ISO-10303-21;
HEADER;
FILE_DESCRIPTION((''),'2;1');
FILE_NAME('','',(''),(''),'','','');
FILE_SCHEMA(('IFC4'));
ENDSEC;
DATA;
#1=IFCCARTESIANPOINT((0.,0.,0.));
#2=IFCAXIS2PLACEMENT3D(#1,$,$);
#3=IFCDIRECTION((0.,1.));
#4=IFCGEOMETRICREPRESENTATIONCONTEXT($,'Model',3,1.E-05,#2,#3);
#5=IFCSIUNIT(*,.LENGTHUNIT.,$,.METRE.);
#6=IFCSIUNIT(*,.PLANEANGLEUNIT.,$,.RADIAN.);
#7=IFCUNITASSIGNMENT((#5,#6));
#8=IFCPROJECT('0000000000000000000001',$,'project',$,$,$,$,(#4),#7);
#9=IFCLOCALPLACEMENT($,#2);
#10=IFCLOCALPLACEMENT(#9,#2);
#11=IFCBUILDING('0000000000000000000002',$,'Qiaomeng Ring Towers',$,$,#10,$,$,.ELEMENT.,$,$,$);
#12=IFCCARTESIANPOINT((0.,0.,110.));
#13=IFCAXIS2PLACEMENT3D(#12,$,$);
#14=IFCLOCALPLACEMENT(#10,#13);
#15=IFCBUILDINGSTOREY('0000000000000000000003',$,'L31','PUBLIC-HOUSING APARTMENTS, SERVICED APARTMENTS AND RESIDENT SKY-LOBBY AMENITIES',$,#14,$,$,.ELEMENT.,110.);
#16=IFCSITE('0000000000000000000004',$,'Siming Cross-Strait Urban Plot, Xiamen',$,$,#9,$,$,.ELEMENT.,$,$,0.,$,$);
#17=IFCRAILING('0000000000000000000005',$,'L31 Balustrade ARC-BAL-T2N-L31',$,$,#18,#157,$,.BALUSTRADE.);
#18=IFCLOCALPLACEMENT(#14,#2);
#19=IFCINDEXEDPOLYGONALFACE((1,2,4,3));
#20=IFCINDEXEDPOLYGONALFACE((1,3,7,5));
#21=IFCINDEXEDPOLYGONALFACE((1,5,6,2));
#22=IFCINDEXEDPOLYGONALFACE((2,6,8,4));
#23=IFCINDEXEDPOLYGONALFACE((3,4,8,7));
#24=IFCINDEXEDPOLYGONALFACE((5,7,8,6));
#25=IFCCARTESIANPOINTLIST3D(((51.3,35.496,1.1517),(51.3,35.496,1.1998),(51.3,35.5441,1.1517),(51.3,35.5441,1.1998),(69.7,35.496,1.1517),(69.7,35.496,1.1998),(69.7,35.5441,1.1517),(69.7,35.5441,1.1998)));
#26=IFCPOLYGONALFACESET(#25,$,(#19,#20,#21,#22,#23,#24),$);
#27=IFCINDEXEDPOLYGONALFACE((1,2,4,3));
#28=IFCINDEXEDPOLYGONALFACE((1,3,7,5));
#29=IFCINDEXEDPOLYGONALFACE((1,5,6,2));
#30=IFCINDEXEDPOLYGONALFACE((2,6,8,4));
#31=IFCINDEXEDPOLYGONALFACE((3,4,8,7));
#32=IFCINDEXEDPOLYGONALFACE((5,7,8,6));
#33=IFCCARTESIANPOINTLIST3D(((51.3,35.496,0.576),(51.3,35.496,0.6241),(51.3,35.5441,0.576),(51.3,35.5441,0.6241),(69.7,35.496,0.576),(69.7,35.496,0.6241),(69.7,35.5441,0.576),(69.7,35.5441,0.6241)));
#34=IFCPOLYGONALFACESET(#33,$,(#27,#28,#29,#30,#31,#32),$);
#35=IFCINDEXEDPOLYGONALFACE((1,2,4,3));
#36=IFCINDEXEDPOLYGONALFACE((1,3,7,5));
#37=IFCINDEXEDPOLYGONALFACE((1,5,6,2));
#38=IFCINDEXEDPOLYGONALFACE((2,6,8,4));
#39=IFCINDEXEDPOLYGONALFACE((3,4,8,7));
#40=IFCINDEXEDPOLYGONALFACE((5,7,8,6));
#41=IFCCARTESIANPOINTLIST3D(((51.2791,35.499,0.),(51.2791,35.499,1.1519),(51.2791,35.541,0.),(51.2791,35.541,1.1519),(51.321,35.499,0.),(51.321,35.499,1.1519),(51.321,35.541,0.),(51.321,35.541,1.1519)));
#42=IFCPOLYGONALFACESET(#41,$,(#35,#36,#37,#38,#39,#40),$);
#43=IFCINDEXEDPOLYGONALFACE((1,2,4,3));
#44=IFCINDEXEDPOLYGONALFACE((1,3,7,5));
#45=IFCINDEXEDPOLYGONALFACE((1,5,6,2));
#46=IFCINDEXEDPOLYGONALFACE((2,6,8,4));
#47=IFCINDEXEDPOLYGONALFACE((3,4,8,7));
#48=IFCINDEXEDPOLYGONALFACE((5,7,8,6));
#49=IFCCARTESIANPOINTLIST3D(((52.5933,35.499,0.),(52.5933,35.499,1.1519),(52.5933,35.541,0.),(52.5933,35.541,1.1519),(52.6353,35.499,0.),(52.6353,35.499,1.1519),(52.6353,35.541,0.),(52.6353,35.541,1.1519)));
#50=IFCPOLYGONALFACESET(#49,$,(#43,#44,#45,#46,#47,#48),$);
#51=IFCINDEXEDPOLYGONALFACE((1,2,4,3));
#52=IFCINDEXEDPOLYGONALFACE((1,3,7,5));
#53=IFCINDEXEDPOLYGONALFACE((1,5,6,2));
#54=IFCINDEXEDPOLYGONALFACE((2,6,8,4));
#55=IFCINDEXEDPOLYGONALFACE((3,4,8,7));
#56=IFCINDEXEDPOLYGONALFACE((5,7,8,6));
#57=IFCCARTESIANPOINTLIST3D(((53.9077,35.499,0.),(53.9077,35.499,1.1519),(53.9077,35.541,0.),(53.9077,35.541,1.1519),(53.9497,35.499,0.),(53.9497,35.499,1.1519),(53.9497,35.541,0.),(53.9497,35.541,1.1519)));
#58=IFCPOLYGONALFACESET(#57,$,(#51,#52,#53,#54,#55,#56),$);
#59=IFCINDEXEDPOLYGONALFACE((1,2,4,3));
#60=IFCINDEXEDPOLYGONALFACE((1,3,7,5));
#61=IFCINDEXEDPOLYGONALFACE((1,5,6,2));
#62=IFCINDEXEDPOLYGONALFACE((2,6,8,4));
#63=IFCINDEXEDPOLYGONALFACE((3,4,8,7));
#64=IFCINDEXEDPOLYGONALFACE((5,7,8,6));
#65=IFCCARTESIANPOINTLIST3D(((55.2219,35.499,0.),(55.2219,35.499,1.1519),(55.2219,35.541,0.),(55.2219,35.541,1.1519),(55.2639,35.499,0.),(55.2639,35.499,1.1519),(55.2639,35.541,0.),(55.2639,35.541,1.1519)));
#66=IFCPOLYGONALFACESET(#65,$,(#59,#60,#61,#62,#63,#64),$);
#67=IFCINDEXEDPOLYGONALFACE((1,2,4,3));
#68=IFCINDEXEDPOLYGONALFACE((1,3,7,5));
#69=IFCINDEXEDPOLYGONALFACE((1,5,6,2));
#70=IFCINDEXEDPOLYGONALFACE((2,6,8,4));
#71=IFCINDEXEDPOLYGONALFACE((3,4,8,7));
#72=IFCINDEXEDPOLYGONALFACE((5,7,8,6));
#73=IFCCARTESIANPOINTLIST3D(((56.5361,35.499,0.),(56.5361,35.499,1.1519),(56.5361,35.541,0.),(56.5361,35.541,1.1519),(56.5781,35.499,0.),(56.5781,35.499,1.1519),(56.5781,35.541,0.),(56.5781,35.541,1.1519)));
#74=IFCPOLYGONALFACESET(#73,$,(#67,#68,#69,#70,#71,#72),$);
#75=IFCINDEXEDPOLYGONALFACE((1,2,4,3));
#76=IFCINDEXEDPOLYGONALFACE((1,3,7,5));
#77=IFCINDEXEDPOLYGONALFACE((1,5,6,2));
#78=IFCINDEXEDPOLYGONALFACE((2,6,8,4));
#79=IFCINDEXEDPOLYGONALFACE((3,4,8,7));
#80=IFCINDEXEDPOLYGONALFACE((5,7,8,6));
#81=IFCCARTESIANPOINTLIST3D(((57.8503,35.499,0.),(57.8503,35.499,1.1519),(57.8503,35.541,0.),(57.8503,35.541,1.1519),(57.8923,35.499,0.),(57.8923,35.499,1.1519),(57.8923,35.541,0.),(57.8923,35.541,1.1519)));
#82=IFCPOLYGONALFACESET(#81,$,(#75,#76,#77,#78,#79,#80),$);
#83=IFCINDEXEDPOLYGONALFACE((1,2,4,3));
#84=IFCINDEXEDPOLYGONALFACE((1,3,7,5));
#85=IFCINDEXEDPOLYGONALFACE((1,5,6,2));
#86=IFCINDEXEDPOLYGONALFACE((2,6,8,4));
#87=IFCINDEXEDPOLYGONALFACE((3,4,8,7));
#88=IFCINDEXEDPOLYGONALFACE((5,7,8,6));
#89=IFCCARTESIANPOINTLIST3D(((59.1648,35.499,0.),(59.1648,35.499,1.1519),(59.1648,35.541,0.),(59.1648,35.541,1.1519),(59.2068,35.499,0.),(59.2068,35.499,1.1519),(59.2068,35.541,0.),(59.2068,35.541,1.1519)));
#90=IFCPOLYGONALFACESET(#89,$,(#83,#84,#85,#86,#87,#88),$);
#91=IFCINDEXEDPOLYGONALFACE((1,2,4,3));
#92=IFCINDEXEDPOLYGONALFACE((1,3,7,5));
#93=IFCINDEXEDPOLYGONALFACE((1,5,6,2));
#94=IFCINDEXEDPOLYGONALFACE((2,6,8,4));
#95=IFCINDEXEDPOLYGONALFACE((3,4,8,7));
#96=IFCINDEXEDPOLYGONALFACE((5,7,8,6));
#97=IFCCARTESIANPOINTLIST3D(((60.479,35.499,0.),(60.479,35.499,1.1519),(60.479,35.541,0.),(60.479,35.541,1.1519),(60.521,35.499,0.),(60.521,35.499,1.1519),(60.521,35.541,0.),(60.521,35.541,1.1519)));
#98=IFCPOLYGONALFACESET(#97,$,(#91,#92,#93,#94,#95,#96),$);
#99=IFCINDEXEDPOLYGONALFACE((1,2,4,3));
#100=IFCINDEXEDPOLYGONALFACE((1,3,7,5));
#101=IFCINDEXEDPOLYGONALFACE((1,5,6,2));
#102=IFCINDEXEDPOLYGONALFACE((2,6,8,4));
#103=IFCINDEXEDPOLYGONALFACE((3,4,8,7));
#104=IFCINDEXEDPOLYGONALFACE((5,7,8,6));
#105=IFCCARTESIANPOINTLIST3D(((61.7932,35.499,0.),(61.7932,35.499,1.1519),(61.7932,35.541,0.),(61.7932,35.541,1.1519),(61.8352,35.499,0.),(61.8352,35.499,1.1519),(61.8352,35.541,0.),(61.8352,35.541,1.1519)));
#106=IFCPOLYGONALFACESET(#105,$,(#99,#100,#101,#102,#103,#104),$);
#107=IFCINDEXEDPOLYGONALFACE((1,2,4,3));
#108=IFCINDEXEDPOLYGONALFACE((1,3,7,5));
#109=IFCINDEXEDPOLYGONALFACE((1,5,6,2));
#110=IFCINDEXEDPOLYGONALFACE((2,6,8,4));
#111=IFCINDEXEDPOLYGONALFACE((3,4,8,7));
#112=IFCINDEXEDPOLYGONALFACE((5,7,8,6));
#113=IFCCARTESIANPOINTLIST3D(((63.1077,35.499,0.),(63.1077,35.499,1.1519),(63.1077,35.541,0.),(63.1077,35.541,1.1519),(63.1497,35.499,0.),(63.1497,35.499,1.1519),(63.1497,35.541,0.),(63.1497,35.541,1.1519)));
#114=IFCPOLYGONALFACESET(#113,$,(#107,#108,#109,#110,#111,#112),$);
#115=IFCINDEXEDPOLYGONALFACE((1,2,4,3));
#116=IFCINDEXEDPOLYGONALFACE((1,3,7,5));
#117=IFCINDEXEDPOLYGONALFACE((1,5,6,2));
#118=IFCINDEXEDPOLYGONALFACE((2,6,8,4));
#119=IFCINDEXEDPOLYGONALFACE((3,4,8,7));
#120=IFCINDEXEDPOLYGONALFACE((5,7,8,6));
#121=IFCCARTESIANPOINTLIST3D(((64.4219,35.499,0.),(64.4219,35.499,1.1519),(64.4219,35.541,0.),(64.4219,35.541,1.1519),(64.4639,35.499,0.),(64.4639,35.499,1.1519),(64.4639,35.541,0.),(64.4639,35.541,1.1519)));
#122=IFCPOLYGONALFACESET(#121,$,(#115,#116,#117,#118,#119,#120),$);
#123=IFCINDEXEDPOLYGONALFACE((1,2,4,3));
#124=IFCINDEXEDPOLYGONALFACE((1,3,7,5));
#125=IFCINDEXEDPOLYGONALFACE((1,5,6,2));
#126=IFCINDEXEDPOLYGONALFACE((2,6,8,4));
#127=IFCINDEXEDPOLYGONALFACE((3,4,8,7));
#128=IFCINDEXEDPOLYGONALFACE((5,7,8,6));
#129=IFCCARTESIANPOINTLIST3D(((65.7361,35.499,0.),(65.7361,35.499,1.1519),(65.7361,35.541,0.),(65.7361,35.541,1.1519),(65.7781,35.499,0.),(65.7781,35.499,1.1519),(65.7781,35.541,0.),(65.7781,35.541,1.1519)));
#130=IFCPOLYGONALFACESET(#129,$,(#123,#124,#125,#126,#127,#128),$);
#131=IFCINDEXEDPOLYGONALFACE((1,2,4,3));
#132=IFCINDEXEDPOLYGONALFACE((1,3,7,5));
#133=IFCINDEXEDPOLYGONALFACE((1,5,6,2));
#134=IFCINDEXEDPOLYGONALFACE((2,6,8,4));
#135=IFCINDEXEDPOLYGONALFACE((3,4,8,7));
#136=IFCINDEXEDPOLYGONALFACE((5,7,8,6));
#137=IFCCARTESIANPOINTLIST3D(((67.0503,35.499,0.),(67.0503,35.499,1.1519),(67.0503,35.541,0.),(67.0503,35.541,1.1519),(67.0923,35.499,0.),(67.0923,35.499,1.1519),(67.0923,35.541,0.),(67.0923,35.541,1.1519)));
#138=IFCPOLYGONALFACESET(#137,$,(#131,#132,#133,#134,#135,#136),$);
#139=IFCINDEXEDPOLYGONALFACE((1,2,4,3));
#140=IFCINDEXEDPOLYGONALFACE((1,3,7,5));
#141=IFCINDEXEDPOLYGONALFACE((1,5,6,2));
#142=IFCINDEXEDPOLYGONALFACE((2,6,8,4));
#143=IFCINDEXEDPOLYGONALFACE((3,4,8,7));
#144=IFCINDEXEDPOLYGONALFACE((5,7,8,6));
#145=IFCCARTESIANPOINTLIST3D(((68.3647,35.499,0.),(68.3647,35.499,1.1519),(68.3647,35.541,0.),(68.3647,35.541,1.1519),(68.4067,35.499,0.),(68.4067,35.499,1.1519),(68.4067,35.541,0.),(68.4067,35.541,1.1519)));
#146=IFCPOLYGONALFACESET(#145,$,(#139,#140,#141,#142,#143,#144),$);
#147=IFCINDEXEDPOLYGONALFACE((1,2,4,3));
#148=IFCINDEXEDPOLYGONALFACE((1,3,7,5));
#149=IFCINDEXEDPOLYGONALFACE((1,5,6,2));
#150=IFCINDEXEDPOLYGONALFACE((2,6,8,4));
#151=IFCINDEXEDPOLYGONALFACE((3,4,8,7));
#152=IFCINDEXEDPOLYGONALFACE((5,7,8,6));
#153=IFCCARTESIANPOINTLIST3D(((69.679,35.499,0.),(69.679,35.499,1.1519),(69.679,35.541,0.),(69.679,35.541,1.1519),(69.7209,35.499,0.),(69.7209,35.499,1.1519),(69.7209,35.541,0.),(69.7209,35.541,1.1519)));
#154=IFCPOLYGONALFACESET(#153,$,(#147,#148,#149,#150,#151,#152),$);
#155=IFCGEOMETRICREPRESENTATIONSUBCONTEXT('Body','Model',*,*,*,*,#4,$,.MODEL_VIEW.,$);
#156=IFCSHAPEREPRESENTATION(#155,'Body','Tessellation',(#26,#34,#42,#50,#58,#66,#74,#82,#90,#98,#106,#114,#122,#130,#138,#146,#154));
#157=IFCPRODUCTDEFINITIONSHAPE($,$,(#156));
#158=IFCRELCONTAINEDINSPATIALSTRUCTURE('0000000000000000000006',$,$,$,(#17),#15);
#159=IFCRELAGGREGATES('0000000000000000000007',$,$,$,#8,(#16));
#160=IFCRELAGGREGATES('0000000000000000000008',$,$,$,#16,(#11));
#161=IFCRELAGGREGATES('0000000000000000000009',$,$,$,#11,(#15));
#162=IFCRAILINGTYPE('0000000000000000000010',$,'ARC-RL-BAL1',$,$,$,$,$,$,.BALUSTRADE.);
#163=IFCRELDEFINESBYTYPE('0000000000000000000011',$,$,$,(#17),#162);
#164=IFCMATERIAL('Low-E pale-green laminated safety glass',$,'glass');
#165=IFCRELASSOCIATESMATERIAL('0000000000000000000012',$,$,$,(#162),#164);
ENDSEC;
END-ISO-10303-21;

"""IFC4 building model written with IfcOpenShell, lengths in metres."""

from ifc_helpers import new_model, si_unit, direction, frame, origin, origin_2d, place, context, subcontext, project, spatial, rectangle, extrude, material, type_object, element, save


model = new_model("IFC4")

# Units and contexts
model_context = context("Model", 3, precision=1e-05, world=origin(), true_north=direction((0.0, 1.0)))
body_context = subcontext(model_context, "Body", "Model", "MODEL_VIEW")
ifc_project = project(units=[si_unit("LENGTHUNIT", "METRE"), si_unit("PLANEANGLEUNIT", "RADIAN")], contexts=[model_context])

# Site, building, storey
site_placement = place(None, origin())
site = spatial("IfcSite", under=ifc_project, at=site_placement, Name="Siming Cross-Strait Urban Plot, Xiamen", CompositionType="ELEMENT", RefElevation=0.0)
building_placement = place(site_placement, origin())
building = spatial("IfcBuilding", under=site, at=building_placement, Name="Qiaomeng Ring Towers", CompositionType="ELEMENT")
storey_placement = place(building_placement, frame((0.0, 0.0, 110.0)))
storey = spatial("IfcBuildingStorey", under=building, at=storey_placement, Name="L31", Description="PUBLIC-HOUSING APARTMENTS, SERVICED APARTMENTS AND RESIDENT SKY-LOBBY AMENITIES", CompositionType="ELEMENT", Elevation=110.0)

# Railing
ifc_material_1 = material(Name="Low-E pale-green laminated safety glass", Category="glass")
railing_type = type_object("IfcRailingType", Name="ARC-RL-BAL1", PredefinedType="BALUSTRADE", material=ifc_material_1)
railing_1_placement = place(storey_placement, frame((51.3, 35.52, 0.0)))
element("IfcRailing", 1, at=railing_1_placement, inside=storey, type_object=railing_type, Name="L31 Balustrade ARC-BAL-T2N-L31", PredefinedType="BALUSTRADE", context=body_context, shape_type="SweptSolid", body=[
    extrude(rectangle(XDim=0.0481, YDim=0.0481, at=origin_2d()), frame((0.0, 0.0, 1.1758), z_axis=(1.0, 0.0, 0.0), x_axis=(0.0, 1.0, 0.0)), (0.0, 0.0, 1.0), 18.3999),
    extrude(rectangle(XDim=0.0481, YDim=0.0481, at=origin_2d()), frame((0.0, 0.0, 0.6001), z_axis=(1.0, 0.0, 0.0), x_axis=(0.0, 1.0, 0.0)), (0.0, 0.0, 1.0), 18.3999),
    extrude(rectangle(XDim=0.042, YDim=0.042, at=origin_2d()), origin(), (0.0, 0.0, 1.0), 1.1519),
    extrude(rectangle(XDim=0.042, YDim=0.042, at=origin_2d()), frame((1.3142, 0.0, 0.0)), (0.0, 0.0, 1.0), 1.1519),
    extrude(rectangle(XDim=0.042, YDim=0.042, at=origin_2d()), frame((2.6287, 0.0, 0.0)), (0.0, 0.0, 1.0), 1.1519),
    extrude(rectangle(XDim=0.042, YDim=0.042, at=origin_2d()), frame((3.9429, 0.0, 0.0)), (0.0, 0.0, 1.0), 1.1519),
    extrude(rectangle(XDim=0.042, YDim=0.042, at=origin_2d()), frame((5.2571, 0.0, 0.0)), (0.0, 0.0, 1.0), 1.1519),
    extrude(rectangle(XDim=0.042, YDim=0.042, at=origin_2d()), frame((6.5713, 0.0, 0.0)), (0.0, 0.0, 1.0), 1.1519),
    extrude(rectangle(XDim=0.042, YDim=0.042, at=origin_2d()), frame((7.8857, 0.0, 0.0)), (0.0, 0.0, 1.0), 1.1519),
    extrude(rectangle(XDim=0.042, YDim=0.042, at=origin_2d()), frame((9.2, 0.0, 0.0)), (0.0, 0.0, 1.0), 1.1519),
    extrude(rectangle(XDim=0.042, YDim=0.042, at=origin_2d()), frame((10.5142, 0.0, 0.0)), (0.0, 0.0, 1.0), 1.1519),
    extrude(rectangle(XDim=0.042, YDim=0.042, at=origin_2d()), frame((11.8286, 0.0, 0.0)), (0.0, 0.0, 1.0), 1.1519),
    extrude(rectangle(XDim=0.042, YDim=0.042, at=origin_2d()), frame((13.1428, 0.0, 0.0)), (0.0, 0.0, 1.0), 1.1519),
    extrude(rectangle(XDim=0.042, YDim=0.042, at=origin_2d()), frame((14.457, 0.0, 0.0)), (0.0, 0.0, 1.0), 1.1519),
    extrude(rectangle(XDim=0.042, YDim=0.042, at=origin_2d()), frame((15.7712, 0.0, 0.0)), (0.0, 0.0, 1.0), 1.1519),
    extrude(rectangle(XDim=0.042, YDim=0.042, at=origin_2d()), frame((17.0857, 0.0, 0.0)), (0.0, 0.0, 1.0), 1.1519),
    extrude(rectangle(XDim=0.042, YDim=0.042, at=origin_2d()), frame((18.3999, 0.0, 0.0)), (0.0, 0.0, 1.0), 1.1519),
])

save(model, "model.ifc")
